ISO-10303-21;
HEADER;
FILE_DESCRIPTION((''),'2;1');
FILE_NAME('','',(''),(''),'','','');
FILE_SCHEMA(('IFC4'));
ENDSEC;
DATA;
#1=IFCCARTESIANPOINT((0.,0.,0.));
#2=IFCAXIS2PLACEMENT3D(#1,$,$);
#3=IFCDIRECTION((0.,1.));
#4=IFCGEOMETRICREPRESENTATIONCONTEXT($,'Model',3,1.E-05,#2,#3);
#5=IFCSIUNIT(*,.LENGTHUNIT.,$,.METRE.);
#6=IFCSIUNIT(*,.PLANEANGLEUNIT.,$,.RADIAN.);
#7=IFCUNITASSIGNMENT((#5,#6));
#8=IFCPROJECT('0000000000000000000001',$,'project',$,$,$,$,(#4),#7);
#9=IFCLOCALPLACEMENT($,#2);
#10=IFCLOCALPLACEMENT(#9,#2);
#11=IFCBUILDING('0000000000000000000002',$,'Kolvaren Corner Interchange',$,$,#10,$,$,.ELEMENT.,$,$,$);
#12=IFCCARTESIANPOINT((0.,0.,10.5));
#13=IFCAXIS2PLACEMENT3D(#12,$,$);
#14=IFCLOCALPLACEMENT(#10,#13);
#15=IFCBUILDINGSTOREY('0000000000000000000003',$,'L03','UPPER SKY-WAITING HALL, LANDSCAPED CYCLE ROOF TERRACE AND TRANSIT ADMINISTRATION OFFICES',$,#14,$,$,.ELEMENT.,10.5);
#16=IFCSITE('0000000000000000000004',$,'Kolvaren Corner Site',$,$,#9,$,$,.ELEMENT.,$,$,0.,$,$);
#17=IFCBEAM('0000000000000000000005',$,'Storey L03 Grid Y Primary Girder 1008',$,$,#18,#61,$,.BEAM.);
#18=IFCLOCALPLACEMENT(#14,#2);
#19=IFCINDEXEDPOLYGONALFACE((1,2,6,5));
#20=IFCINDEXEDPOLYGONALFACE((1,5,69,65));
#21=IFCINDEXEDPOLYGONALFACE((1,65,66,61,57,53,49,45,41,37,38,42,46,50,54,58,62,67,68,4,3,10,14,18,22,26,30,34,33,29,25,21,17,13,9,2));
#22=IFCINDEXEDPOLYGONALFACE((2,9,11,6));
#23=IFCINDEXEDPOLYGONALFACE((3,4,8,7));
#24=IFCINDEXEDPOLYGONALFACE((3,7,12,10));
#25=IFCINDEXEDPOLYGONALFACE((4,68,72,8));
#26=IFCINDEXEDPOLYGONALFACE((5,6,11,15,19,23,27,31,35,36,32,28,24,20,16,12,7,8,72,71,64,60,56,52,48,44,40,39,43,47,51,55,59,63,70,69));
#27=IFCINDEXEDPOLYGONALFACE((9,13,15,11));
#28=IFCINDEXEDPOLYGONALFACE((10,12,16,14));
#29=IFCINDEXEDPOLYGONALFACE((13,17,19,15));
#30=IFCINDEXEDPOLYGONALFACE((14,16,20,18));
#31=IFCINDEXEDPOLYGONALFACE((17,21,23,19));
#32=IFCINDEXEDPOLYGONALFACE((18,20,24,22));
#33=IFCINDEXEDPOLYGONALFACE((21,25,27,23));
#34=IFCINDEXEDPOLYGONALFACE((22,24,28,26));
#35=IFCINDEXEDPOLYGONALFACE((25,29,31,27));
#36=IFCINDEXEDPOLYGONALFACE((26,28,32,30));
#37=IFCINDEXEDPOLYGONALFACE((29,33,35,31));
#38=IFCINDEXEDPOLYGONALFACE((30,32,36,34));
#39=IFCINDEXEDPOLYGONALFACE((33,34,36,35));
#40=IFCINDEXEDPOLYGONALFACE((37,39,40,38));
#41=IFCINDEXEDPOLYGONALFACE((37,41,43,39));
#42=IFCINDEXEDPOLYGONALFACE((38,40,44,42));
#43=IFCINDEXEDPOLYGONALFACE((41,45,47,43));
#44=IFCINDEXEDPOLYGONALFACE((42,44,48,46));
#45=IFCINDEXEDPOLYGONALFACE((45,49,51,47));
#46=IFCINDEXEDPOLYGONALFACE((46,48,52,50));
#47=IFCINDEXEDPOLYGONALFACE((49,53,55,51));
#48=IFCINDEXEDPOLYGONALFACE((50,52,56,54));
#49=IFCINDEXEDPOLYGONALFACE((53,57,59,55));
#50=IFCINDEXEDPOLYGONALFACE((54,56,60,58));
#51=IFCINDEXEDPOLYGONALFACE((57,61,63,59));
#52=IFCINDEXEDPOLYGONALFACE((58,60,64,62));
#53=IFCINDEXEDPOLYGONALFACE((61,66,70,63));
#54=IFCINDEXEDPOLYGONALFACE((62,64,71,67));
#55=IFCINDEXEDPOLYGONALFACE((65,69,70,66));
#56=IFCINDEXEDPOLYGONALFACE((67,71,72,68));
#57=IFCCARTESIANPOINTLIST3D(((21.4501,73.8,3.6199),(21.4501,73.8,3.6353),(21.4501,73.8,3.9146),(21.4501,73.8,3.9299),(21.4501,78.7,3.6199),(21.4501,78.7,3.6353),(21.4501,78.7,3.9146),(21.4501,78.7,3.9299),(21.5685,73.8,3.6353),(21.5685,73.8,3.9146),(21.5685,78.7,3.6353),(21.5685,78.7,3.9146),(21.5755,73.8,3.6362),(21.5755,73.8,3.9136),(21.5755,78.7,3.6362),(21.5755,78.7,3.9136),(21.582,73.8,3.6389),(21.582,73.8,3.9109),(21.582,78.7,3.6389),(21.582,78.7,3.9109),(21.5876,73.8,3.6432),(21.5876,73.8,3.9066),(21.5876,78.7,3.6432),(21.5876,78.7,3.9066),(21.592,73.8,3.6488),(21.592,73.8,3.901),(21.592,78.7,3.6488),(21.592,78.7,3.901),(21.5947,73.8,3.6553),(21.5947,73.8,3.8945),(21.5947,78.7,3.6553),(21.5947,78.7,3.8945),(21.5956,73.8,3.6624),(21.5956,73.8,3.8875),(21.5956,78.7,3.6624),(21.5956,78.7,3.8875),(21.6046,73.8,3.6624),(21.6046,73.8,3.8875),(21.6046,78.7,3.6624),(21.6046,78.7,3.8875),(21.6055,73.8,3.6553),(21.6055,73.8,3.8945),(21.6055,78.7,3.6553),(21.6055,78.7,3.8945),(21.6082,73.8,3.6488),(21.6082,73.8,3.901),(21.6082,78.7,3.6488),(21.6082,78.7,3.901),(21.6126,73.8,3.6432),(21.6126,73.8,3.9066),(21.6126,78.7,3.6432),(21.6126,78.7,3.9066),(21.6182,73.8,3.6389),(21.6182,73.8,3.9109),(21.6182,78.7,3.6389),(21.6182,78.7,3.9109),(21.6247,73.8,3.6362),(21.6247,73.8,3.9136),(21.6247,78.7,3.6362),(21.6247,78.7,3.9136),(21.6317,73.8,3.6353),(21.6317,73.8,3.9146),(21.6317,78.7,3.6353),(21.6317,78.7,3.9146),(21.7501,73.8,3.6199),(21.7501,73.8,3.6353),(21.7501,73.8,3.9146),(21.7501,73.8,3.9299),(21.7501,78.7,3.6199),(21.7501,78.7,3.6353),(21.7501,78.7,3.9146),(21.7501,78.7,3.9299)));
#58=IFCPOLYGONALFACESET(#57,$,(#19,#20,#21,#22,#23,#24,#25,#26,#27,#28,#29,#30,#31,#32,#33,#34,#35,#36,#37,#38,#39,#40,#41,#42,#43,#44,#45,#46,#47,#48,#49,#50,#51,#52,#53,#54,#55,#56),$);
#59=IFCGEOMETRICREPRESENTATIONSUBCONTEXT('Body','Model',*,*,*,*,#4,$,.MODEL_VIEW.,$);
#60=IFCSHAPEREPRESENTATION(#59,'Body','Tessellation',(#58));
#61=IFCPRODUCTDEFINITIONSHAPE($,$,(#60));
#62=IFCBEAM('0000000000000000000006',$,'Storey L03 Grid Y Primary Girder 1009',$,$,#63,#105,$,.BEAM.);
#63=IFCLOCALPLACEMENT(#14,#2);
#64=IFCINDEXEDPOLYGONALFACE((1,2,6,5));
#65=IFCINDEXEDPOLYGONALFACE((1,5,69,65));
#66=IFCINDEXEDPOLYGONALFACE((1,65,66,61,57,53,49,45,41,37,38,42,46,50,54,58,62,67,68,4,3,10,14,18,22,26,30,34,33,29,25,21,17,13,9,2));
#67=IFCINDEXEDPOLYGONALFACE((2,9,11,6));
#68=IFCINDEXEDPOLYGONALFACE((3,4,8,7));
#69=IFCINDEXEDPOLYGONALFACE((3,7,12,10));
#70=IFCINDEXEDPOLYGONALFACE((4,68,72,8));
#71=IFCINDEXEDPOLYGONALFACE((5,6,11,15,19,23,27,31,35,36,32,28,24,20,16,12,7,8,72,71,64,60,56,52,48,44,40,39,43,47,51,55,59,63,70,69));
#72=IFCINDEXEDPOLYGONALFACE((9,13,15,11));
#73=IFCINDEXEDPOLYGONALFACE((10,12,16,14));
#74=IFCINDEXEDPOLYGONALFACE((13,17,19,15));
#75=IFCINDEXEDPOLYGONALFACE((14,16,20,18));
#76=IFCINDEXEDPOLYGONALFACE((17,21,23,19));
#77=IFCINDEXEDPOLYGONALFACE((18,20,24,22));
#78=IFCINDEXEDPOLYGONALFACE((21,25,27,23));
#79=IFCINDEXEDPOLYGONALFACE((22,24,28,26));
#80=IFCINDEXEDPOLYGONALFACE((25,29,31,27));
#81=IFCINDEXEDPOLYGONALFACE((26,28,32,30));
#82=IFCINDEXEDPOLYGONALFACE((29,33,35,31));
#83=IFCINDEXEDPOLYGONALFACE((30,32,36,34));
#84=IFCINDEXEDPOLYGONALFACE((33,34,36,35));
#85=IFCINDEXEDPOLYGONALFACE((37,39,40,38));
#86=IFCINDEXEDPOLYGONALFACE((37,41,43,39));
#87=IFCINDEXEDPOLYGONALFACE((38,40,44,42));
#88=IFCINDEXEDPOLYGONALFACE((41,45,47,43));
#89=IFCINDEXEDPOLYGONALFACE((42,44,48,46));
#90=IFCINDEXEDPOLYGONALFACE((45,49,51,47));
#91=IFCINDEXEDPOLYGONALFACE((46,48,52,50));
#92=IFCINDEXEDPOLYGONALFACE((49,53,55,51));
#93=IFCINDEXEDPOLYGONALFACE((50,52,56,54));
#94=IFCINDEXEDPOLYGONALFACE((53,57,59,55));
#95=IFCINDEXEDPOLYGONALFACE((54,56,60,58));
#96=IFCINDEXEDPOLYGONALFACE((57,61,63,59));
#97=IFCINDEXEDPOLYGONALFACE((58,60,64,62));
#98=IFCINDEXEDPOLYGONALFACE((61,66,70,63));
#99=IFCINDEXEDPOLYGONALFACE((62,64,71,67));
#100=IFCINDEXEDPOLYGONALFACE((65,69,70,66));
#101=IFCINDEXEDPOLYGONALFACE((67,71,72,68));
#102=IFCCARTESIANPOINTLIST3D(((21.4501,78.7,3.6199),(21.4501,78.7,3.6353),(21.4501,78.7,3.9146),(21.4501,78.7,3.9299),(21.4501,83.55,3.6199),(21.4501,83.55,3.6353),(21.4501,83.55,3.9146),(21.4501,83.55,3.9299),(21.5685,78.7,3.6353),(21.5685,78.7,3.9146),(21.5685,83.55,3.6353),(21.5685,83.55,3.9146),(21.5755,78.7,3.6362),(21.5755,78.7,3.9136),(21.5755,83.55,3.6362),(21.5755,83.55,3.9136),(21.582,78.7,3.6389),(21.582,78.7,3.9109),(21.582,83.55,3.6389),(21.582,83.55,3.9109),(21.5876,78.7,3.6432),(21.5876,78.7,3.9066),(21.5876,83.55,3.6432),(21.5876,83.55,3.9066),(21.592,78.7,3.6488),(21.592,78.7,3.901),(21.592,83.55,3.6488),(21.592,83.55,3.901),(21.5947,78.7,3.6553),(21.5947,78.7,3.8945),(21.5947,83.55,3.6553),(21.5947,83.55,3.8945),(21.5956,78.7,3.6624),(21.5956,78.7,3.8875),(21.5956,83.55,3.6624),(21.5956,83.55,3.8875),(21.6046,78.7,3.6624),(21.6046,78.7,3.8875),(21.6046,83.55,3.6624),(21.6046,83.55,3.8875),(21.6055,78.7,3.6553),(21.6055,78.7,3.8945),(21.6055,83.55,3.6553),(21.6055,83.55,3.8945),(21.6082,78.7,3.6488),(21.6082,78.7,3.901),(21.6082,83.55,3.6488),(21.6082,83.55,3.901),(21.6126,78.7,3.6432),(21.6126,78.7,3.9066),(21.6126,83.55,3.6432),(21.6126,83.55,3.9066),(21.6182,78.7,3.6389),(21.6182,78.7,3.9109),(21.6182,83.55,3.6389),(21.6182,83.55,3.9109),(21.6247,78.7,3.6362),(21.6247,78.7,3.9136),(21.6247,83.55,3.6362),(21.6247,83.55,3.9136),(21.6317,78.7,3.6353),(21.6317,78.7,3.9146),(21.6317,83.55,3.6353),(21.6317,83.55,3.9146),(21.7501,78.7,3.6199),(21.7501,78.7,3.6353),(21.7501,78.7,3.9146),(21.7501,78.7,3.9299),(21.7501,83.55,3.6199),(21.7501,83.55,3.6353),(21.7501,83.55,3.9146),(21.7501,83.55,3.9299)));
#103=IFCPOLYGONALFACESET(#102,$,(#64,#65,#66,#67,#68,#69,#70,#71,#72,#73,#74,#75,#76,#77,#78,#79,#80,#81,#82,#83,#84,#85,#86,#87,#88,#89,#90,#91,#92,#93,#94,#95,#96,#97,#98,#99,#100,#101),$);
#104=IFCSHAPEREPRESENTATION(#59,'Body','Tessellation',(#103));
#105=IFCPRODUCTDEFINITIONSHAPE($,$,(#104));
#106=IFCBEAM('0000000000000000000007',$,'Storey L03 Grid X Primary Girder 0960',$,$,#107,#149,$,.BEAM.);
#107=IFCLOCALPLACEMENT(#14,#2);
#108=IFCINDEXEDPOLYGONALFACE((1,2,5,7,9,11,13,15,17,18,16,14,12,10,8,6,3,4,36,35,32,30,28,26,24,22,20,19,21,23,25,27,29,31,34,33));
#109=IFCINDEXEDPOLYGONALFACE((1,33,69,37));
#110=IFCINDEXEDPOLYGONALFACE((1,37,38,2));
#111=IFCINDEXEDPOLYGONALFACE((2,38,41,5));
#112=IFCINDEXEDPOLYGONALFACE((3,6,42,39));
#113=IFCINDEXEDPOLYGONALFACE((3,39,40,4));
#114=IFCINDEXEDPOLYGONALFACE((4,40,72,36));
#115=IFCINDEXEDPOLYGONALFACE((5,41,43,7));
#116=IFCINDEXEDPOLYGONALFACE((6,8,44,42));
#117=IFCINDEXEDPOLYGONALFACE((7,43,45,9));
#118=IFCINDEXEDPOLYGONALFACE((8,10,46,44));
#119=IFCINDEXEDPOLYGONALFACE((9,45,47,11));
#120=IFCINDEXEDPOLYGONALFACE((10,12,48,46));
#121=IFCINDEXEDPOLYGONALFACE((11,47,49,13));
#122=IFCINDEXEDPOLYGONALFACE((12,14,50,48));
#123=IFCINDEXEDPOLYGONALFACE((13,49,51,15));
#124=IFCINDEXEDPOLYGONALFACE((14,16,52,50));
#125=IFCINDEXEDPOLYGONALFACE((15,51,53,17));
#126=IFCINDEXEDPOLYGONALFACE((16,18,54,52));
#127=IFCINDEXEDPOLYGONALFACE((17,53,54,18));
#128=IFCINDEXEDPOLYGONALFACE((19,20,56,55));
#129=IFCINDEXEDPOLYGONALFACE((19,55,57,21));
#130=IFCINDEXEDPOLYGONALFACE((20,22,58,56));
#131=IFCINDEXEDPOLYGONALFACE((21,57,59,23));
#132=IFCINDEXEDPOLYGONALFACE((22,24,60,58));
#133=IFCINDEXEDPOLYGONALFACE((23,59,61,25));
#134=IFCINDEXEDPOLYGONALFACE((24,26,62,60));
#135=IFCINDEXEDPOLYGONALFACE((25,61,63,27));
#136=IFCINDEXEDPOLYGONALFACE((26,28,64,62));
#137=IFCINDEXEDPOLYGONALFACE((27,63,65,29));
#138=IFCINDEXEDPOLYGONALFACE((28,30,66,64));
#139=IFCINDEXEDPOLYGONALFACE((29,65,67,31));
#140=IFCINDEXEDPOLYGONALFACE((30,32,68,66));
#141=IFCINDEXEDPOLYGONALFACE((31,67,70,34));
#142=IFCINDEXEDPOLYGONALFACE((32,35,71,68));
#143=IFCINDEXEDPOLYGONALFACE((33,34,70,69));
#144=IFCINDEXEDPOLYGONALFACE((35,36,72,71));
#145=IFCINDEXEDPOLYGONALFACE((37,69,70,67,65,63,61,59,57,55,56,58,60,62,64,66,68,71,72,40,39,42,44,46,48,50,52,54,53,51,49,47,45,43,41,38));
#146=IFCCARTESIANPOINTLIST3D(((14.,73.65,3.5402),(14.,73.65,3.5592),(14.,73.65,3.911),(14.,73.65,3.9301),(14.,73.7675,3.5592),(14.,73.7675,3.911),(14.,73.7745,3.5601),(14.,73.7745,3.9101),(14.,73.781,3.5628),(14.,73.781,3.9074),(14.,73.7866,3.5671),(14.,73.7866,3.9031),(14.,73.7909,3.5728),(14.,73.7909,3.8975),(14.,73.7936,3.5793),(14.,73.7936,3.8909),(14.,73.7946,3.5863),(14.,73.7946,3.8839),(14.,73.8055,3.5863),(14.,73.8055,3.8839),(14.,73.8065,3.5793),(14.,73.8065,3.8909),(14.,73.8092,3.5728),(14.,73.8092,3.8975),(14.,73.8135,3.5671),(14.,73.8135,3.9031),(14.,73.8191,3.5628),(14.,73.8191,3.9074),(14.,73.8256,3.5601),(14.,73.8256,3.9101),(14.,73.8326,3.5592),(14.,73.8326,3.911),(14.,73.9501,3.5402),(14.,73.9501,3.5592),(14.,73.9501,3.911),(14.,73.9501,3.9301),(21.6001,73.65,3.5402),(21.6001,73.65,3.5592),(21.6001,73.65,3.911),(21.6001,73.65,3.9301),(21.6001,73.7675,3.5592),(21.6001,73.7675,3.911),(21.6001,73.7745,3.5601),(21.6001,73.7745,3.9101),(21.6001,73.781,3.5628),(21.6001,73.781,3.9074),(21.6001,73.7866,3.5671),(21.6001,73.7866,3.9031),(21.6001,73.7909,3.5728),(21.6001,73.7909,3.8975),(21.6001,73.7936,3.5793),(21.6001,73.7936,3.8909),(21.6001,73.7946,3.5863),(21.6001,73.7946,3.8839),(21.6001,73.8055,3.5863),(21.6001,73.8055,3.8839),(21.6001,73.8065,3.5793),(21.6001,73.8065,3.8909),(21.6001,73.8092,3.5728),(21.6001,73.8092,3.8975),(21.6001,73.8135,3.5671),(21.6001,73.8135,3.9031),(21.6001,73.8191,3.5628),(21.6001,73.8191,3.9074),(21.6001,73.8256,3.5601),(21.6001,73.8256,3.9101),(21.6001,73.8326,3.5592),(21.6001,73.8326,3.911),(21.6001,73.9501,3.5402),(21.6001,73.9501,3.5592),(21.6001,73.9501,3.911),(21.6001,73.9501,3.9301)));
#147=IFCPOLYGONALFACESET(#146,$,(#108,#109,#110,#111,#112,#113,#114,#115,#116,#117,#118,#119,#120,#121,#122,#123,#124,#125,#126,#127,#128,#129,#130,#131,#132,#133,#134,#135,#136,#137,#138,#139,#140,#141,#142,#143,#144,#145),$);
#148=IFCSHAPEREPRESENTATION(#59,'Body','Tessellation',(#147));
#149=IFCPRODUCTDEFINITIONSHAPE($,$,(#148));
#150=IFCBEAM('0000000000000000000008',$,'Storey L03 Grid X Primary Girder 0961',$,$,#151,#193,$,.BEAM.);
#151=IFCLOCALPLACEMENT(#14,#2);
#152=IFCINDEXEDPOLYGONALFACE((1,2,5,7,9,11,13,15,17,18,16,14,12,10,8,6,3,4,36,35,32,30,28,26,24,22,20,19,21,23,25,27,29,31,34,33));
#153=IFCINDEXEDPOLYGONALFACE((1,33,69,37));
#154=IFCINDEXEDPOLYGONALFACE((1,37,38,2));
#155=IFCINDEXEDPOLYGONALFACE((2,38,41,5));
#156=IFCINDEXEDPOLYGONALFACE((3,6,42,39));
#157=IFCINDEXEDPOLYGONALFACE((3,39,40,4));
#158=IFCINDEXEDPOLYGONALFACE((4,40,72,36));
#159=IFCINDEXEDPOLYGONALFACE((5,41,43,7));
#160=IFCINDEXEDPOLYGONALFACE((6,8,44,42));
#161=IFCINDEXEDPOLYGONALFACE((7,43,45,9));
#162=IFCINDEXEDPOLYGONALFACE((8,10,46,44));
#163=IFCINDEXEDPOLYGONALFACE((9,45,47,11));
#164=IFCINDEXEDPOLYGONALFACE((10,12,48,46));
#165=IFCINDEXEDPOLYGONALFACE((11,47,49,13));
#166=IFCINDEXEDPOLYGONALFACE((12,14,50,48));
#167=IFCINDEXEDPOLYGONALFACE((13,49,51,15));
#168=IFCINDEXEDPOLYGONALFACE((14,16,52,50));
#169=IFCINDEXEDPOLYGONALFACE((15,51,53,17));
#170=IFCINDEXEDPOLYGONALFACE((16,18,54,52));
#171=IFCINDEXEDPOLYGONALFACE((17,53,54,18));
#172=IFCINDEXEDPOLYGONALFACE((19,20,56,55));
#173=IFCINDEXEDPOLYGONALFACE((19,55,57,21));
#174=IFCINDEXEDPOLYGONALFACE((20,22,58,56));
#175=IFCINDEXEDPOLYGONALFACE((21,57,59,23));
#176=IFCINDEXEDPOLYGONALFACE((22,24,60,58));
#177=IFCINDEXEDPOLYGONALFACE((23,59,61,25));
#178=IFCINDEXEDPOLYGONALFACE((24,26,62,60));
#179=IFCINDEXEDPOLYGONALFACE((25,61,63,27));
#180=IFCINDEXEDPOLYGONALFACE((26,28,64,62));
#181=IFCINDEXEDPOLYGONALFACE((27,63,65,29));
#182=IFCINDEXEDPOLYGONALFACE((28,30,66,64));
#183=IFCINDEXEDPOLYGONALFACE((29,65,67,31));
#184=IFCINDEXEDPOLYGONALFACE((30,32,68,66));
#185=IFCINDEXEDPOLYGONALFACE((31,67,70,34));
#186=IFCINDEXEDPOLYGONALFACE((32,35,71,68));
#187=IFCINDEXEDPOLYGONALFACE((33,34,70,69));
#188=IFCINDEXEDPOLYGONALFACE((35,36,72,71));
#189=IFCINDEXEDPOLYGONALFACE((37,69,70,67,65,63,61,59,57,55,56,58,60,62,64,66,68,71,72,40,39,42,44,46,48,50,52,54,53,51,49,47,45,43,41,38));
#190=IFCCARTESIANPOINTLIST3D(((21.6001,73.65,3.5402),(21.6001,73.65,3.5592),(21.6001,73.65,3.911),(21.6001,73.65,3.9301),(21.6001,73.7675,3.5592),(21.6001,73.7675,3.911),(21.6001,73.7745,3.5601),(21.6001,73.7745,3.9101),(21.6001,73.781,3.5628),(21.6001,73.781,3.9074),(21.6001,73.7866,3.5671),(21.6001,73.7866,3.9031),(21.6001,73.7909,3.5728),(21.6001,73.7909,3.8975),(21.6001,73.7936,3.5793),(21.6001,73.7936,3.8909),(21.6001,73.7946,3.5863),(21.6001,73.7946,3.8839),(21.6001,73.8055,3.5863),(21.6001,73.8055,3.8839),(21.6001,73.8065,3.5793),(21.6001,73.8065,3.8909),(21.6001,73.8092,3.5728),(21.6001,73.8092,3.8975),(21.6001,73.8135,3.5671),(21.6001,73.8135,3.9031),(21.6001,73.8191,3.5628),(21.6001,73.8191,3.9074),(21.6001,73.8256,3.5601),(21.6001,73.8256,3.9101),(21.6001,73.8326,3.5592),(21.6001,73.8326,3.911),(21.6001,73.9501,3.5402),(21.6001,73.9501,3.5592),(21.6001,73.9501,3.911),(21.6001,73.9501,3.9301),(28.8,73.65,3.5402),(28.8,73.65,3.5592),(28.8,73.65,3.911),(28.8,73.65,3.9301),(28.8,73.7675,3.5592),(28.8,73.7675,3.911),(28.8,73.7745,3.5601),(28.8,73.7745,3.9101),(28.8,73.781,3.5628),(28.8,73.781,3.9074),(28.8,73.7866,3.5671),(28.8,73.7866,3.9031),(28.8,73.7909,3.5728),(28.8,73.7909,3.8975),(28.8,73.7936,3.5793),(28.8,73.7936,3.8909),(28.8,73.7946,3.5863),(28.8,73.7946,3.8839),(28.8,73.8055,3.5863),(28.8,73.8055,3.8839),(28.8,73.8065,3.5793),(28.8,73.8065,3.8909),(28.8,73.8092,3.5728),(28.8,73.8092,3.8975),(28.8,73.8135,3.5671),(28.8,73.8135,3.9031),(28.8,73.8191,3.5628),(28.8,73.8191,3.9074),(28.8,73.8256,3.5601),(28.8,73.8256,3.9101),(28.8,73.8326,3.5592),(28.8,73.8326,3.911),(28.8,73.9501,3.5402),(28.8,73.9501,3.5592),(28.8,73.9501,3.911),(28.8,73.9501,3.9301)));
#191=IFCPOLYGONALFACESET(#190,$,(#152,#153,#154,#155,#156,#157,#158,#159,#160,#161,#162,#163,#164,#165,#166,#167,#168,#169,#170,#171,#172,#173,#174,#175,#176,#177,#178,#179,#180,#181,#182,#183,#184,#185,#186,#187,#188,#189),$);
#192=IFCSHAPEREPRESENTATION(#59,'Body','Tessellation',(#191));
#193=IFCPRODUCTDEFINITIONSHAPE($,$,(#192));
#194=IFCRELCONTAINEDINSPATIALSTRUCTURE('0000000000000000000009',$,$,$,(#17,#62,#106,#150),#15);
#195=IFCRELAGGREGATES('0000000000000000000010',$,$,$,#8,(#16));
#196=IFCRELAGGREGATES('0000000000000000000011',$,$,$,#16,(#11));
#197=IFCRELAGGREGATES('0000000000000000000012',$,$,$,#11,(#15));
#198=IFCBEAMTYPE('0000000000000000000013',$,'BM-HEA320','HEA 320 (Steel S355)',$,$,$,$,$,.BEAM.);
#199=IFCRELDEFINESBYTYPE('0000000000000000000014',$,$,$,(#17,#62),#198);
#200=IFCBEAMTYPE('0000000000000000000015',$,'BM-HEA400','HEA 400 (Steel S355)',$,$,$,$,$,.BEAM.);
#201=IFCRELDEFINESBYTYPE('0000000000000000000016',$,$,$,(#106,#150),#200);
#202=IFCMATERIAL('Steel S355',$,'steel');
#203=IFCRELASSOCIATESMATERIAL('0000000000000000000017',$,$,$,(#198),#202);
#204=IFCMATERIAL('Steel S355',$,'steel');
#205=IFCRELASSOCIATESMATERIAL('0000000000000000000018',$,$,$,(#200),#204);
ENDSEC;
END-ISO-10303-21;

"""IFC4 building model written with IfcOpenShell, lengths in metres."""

from ifc_helpers import new_model, si_unit, direction, frame, origin, origin_2d, place, context, subcontext, project, spatial, i_section, extrude, material, material_profile, profile_set, type_object, element, save


model = new_model("IFC4")

# Units and contexts
model_context = context("Model", 3, precision=1e-05, world=origin(), true_north=direction((0.0, 1.0)))
body_context = subcontext(model_context, "Body", "Model", "MODEL_VIEW")
ifc_project = project(units=[si_unit("LENGTHUNIT", "METRE"), si_unit("PLANEANGLEUNIT", "RADIAN")], contexts=[model_context])

# Site, building, storey
site_placement = place(None, origin())
site = spatial("IfcSite", under=ifc_project, at=site_placement, Name="Kolvaren Corner Site", CompositionType="ELEMENT", RefElevation=0.0)
building_placement = place(site_placement, origin())
building = spatial("IfcBuilding", under=site, at=building_placement, Name="Kolvaren Corner Interchange", CompositionType="ELEMENT")
storey_placement = place(building_placement, frame((0.0, 0.0, 10.5)))
storey = spatial("IfcBuildingStorey", under=building, at=storey_placement, Name="L03", Description="UPPER SKY-WAITING HALL, LANDSCAPED CYCLE ROOF TERRACE AND TRANSIT ADMINISTRATION OFFICES", CompositionType="ELEMENT", Elevation=10.5)

# Beams
ifc_material_1 = material(Name="Steel S355", Category="steel")
ifc_material_profile_1 = material_profile(ifc_material_1, i_section(OverallWidth=0.3, OverallDepth=0.3101, WebThickness=0.009, FlangeThickness=0.0154, FilletRadius=0.0271, at=origin_2d()), Name="HEA 320")
ifc_profile_set_1 = profile_set([ifc_material_profile_1], Name="Steel S355")
beam_type_1 = type_object("IfcBeamType", Name="BM-HEA320", Description="HEA 320 (Steel S355)", PredefinedType="BEAM", material=ifc_profile_set_1)
beam_1_placement = place(storey_placement, frame((21.6001, 73.8, 3.7749), z_axis=(0.0, 1.0, 0.0), x_axis=(-1.0, 0.0, 0.0)))
element("IfcBeam", 1, at=beam_1_placement, inside=storey, type_object=beam_type_1, Name="Storey L03 Grid Y Primary Girder 1008", PredefinedType="BEAM", context=body_context, shape_type="SweptSolid", body=[
    extrude(i_section(OverallWidth=0.3, OverallDepth=0.3101, WebThickness=0.009, FlangeThickness=0.0154, FilletRadius=0.0271, at=origin_2d()), origin(), (0.0, 0.0, 1.0), 4.8999),
])
beam_2_placement = place(storey_placement, frame((21.6001, 78.7, 3.7749), z_axis=(0.0, 1.0, 0.0), x_axis=(-1.0, 0.0, 0.0)))
element("IfcBeam", 2, at=beam_2_placement, inside=storey, type_object=beam_type_1, Name="Storey L03 Grid Y Primary Girder 1009", PredefinedType="BEAM", context=body_context, shape_type="SweptSolid", body=[
    extrude(i_section(OverallWidth=0.3, OverallDepth=0.3101, WebThickness=0.009, FlangeThickness=0.0154, FilletRadius=0.0271, at=origin_2d()), origin(), (0.0, 0.0, 1.0), 4.8501),
])
ifc_material_2 = material(Name="Steel S355", Category="steel")
ifc_material_profile_2 = material_profile(ifc_material_2, i_section(OverallWidth=0.3, OverallDepth=0.3899, WebThickness=0.011, FlangeThickness=0.019, FilletRadius=0.0271, at=origin_2d()), Name="HEA 400")
ifc_profile_set_2 = profile_set([ifc_material_profile_2], Name="Steel S355")
beam_type_2 = type_object("IfcBeamType", Name="BM-HEA400", Description="HEA 400 (Steel S355)", PredefinedType="BEAM", material=ifc_profile_set_2)
beam_3_placement = place(storey_placement, frame((14.0, 73.8, 3.7351), z_axis=(1.0, 0.0, 0.0), x_axis=(0.0, 1.0, 0.0)))
element("IfcBeam", 3, at=beam_3_placement, inside=storey, type_object=beam_type_2, Name="Storey L03 Grid X Primary Girder 0960", PredefinedType="BEAM", context=body_context, shape_type="SweptSolid", body=[
    extrude(i_section(OverallWidth=0.3, OverallDepth=0.3899, WebThickness=0.011, FlangeThickness=0.019, FilletRadius=0.0271, at=origin_2d()), origin(), (0.0, 0.0, 1.0), 7.6001),
])
beam_4_placement = place(storey_placement, frame((21.6001, 73.8, 3.7351), z_axis=(1.0, 0.0, 0.0), x_axis=(0.0, 1.0, 0.0)))
element("IfcBeam", 4, at=beam_4_placement, inside=storey, type_object=beam_type_2, Name="Storey L03 Grid X Primary Girder 0961", PredefinedType="BEAM", context=body_context, shape_type="SweptSolid", body=[
    extrude(i_section(OverallWidth=0.3, OverallDepth=0.3899, WebThickness=0.011, FlangeThickness=0.019, FilletRadius=0.0271, at=origin_2d()), origin(), (0.0, 0.0, 1.0), 7.2),
])

save(model, "model.ifc")
